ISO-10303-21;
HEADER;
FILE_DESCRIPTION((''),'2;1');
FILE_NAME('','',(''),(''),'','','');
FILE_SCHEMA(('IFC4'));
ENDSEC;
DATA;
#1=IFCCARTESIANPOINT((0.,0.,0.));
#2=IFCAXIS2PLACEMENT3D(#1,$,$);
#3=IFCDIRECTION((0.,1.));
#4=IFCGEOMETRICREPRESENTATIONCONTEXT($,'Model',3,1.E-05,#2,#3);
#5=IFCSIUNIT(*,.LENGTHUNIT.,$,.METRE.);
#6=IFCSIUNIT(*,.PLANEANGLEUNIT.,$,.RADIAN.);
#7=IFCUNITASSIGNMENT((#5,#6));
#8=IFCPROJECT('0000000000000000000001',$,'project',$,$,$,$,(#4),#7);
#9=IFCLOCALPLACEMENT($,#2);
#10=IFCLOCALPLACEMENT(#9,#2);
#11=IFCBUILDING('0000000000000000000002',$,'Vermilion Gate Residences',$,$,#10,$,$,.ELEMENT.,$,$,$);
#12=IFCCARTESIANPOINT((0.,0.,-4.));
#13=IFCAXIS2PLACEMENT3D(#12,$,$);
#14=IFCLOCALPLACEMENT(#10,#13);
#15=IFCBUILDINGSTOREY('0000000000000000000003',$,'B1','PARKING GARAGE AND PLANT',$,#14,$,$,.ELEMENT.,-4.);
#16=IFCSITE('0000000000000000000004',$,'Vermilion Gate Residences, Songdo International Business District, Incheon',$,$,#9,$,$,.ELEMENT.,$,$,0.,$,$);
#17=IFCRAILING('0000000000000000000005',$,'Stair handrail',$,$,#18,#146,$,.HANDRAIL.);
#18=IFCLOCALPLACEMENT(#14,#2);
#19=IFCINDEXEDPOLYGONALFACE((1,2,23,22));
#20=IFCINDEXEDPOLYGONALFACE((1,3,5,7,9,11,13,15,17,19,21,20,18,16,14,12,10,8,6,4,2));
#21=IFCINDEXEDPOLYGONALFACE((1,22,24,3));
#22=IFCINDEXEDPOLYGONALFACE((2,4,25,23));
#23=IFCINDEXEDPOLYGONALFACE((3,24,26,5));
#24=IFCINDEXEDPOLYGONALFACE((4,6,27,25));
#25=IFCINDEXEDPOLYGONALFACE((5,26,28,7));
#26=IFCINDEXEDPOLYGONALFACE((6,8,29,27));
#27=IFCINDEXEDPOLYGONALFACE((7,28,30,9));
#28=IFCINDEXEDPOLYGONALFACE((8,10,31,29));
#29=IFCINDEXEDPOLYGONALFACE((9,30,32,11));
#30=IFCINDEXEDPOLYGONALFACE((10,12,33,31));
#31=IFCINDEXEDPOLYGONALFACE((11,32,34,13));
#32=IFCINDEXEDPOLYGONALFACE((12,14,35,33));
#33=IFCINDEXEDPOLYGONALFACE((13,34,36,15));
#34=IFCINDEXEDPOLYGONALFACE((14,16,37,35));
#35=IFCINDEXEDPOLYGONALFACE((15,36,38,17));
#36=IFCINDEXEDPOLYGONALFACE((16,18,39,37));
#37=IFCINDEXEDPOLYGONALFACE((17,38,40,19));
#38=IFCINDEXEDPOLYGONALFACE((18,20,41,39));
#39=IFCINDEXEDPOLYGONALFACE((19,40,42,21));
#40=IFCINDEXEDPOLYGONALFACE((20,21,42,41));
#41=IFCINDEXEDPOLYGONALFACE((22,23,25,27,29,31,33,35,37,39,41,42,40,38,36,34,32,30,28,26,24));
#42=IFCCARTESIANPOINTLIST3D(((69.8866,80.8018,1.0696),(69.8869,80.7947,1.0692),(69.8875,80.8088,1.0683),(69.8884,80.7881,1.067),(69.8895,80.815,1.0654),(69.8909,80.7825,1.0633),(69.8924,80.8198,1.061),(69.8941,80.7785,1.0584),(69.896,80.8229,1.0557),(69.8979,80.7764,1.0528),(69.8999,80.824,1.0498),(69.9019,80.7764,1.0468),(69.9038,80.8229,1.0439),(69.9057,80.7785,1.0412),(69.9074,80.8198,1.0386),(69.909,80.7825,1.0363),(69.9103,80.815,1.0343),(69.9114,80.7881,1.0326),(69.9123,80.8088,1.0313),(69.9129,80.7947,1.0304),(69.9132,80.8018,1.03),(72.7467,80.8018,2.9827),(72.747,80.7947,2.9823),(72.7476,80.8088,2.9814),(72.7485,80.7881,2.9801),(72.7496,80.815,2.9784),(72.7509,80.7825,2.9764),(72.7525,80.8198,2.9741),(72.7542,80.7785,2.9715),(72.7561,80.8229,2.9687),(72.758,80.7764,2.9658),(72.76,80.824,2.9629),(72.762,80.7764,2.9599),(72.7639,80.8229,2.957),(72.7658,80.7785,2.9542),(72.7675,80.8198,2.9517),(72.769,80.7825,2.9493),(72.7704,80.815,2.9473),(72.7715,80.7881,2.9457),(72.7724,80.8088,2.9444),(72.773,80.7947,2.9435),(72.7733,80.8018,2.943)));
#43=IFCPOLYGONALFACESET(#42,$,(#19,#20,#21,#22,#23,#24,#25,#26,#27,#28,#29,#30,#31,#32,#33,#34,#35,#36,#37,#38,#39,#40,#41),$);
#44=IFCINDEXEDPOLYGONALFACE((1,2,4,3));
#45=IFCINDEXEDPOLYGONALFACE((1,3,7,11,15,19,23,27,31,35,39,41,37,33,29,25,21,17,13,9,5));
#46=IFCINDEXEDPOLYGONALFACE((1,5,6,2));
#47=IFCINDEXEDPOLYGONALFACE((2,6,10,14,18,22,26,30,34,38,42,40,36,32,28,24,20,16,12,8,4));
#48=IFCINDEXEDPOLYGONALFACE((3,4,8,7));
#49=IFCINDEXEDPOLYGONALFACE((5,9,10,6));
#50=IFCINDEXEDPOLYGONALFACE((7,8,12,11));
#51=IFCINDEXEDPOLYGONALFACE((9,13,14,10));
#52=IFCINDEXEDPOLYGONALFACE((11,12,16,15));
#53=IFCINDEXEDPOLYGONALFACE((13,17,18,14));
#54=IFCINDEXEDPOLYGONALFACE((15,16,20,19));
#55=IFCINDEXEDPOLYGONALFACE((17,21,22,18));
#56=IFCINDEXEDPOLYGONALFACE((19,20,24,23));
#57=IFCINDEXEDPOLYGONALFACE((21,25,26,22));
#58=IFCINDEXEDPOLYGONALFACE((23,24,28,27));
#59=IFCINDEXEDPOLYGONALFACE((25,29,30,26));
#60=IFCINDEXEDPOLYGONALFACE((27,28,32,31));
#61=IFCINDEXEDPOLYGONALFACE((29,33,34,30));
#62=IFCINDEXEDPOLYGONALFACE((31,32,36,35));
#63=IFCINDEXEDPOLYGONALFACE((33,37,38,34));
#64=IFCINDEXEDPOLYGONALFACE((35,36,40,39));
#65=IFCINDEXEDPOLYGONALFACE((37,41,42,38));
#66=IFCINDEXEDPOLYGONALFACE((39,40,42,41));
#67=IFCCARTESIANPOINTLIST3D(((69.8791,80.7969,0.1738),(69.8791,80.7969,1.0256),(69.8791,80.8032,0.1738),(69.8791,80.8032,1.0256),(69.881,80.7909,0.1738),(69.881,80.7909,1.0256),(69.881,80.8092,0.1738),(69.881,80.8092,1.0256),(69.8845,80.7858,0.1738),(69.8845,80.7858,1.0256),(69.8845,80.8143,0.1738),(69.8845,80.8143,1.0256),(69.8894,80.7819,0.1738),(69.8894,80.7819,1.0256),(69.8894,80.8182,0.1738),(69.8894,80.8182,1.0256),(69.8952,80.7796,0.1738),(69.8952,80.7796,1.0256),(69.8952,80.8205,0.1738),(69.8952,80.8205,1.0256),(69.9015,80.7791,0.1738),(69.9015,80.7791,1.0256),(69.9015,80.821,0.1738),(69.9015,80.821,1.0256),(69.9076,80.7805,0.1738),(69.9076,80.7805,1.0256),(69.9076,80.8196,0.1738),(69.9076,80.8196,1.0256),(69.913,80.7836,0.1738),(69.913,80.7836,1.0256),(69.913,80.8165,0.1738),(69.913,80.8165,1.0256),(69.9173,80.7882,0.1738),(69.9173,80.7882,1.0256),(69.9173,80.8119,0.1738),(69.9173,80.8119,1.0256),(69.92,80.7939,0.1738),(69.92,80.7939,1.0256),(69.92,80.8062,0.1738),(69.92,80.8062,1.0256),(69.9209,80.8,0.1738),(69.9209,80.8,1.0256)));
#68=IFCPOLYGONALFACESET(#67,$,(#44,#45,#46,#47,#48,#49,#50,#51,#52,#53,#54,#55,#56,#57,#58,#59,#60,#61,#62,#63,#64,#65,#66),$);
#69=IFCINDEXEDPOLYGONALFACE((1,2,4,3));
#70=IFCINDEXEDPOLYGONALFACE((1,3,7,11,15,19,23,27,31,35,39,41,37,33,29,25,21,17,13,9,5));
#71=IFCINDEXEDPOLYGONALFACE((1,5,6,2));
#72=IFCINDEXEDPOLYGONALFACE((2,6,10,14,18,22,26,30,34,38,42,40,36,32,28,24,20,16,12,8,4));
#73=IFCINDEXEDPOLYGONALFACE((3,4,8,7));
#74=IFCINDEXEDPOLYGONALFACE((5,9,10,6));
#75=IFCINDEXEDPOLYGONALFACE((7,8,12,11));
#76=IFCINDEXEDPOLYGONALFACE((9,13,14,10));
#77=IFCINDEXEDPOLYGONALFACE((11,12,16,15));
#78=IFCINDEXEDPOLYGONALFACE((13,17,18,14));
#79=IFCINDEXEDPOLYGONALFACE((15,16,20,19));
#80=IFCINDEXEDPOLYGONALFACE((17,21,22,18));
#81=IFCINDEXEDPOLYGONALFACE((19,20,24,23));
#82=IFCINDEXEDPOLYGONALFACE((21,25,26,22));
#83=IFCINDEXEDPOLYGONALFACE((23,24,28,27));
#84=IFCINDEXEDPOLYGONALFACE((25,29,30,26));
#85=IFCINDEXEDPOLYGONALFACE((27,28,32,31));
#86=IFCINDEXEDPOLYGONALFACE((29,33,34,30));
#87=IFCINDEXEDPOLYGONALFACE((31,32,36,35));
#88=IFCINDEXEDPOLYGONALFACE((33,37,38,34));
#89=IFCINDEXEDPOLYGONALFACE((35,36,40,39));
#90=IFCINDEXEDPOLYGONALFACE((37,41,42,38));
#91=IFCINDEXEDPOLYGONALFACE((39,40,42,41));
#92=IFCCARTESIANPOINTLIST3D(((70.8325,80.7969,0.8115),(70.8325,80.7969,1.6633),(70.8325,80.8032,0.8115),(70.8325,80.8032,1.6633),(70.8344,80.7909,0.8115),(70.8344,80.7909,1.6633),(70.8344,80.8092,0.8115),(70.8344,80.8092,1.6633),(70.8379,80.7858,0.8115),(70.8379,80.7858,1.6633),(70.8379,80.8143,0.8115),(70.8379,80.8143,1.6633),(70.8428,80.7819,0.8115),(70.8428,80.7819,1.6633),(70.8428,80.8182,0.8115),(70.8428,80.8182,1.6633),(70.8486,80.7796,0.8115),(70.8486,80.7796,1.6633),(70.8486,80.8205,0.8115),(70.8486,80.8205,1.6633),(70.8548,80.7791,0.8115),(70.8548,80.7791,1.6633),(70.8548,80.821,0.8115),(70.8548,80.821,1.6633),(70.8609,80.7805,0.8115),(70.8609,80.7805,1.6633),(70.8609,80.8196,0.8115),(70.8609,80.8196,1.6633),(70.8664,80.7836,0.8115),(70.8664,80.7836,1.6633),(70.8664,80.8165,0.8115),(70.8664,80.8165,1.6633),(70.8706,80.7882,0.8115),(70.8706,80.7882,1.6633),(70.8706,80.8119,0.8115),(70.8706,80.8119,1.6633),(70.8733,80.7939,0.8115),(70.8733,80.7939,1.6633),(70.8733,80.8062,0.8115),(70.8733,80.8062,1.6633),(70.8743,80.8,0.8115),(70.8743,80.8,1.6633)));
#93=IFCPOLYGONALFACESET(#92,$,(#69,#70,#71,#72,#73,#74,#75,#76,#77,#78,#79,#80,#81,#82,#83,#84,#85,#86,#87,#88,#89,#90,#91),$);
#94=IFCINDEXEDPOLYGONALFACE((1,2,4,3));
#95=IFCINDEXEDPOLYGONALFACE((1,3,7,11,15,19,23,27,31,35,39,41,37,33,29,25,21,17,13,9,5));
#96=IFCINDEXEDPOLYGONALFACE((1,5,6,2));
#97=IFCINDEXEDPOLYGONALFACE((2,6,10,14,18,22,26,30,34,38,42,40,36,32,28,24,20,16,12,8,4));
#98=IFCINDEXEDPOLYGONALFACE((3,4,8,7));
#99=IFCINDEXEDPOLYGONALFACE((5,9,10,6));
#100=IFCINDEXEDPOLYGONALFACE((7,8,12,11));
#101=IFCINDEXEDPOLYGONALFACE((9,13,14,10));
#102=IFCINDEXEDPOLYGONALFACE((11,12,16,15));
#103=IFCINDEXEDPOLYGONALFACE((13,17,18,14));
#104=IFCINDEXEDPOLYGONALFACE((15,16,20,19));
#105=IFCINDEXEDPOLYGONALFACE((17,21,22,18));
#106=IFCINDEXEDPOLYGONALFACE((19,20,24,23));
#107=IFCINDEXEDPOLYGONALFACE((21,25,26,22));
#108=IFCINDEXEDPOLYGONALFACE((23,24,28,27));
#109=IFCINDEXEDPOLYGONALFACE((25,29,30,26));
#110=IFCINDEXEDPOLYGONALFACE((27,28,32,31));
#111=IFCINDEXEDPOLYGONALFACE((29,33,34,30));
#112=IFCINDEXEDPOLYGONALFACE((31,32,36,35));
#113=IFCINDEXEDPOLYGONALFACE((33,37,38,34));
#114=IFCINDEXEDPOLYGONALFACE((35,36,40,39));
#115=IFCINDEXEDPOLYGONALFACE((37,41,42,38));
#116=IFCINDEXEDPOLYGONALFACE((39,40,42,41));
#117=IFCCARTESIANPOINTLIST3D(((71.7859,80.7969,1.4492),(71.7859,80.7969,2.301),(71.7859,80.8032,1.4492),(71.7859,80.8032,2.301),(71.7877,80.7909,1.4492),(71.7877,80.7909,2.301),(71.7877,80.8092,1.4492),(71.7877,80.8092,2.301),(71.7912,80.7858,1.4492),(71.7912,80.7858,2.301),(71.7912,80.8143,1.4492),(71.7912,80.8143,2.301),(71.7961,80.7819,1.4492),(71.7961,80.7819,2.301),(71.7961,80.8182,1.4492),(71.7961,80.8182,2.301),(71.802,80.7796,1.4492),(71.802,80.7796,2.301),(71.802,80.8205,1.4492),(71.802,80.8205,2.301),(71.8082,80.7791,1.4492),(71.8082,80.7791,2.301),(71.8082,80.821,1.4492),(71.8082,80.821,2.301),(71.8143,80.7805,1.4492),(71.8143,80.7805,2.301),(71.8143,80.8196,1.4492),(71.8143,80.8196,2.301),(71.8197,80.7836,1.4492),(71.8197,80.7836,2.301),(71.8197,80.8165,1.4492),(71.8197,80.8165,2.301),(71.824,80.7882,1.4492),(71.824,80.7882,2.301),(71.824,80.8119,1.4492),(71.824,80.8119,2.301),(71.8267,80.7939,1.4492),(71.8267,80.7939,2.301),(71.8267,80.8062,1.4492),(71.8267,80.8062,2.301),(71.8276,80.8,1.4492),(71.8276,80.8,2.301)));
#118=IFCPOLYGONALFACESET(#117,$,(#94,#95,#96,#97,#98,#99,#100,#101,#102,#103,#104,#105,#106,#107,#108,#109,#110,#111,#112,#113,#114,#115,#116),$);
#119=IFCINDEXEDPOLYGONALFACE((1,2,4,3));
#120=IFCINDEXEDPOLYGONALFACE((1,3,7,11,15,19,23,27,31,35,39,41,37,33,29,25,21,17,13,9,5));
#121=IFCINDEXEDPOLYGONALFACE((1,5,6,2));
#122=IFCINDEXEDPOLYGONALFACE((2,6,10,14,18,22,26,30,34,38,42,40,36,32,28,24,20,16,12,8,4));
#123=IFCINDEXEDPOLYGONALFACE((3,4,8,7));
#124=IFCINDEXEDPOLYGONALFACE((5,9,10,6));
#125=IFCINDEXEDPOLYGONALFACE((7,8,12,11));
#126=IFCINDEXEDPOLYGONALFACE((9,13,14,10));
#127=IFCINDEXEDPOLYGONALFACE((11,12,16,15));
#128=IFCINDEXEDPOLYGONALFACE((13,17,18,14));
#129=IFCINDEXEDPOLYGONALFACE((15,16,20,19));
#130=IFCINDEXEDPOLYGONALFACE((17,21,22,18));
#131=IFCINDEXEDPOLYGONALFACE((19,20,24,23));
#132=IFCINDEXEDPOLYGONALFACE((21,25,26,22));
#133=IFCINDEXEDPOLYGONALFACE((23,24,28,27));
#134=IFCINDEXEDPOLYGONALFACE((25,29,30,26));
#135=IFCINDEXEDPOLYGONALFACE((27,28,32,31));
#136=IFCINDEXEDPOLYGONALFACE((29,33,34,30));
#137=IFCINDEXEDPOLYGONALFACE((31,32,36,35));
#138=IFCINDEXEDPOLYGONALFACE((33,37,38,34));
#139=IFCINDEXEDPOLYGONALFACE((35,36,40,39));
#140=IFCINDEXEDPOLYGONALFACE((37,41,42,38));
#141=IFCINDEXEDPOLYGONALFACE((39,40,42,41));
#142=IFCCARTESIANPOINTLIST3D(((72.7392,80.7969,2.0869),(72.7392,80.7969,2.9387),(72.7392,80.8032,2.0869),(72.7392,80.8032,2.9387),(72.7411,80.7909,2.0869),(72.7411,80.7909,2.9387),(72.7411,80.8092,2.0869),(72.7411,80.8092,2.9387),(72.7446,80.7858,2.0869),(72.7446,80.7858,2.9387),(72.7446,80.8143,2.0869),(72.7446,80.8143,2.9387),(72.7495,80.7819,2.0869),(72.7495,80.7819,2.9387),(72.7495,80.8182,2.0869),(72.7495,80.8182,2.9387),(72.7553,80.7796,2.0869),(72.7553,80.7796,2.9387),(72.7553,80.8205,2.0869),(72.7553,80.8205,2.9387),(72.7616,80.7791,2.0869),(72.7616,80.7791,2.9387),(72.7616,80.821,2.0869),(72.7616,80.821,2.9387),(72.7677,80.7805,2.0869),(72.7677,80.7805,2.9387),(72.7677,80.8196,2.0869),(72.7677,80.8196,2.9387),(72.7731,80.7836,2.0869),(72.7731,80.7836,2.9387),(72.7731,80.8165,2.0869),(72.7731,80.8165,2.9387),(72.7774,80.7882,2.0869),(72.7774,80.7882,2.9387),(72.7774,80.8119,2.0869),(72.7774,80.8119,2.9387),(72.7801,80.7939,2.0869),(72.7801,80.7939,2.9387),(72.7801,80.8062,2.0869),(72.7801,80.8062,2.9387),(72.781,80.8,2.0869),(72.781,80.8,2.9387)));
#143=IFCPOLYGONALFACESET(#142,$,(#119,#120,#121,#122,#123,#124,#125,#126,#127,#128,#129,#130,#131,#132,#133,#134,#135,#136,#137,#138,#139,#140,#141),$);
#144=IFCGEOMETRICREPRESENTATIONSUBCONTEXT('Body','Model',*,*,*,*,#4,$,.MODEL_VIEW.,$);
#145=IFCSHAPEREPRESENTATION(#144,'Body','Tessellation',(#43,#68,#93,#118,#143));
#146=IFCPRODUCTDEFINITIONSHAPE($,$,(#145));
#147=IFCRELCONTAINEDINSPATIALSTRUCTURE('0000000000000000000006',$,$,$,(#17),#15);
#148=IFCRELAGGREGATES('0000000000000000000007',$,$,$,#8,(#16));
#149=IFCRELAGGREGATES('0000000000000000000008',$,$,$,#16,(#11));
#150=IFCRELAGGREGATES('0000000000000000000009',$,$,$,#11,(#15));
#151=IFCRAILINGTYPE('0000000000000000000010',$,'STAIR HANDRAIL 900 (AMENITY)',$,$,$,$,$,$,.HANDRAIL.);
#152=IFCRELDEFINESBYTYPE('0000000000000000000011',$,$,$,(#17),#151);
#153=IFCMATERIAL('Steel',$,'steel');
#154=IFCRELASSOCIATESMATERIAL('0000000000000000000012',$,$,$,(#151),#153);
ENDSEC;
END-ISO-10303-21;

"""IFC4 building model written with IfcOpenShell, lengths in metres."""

from ifc_helpers import new_model, si_unit, direction, frame, origin, origin_2d, place, context, subcontext, project, spatial, circle, extrude, material, type_object, element, save


model = new_model("IFC4")

# Units and contexts
model_context = context("Model", 3, precision=1e-05, world=origin(), true_north=direction((0.0, 1.0)))
body_context = subcontext(model_context, "Body", "Model", "MODEL_VIEW")
ifc_project = project(units=[si_unit("LENGTHUNIT", "METRE"), si_unit("PLANEANGLEUNIT", "RADIAN")], contexts=[model_context])

# Site, building, storey
site_placement = place(None, origin())
site = spatial("IfcSite", under=ifc_project, at=site_placement, Name="Vermilion Gate Residences, Songdo International Business District, Incheon", CompositionType="ELEMENT", RefElevation=0.0)
building_placement = place(site_placement, origin())
building = spatial("IfcBuilding", under=site, at=building_placement, Name="Vermilion Gate Residences", CompositionType="ELEMENT")
storey_placement = place(building_placement, frame((0.0, 0.0, -4.0)))
storey = spatial("IfcBuildingStorey", under=building, at=storey_placement, Name="B1", Description="PARKING GARAGE AND PLANT", CompositionType="ELEMENT", Elevation=-4.0)

# Railing
ifc_material_1 = material(Name="Steel", Category="steel")
railing_type = type_object("IfcRailingType", Name="STAIR HANDRAIL 900 (AMENITY)", PredefinedType="HANDRAIL", material=ifc_material_1)
railing_placement = place(storey_placement, frame((69.8999, 80.8, 0.1738)))
element("IfcRailing", 1, at=railing_placement, inside=storey, type_object=railing_type, Name="Stair handrail", PredefinedType="HANDRAIL", context=body_context, shape_type="SweptSolid", body=[
    extrude(circle(Radius=0.0239, at=origin_2d()), frame((0.0, 0.0, 0.876), z_axis=(0.831198, 0.0, 0.555977), x_axis=(0.0, 1.0, 0.0)), (0.0, 0.0, 1.0), 3.4409),
    extrude(circle(Radius=0.021, at=origin_2d()), origin(), (0.0, 0.0, 1.0), 0.8518),
    extrude(circle(Radius=0.021, at=origin_2d()), frame((0.9534, 0.0, 0.6377)), (0.0, 0.0, 1.0), 0.8518),
    extrude(circle(Radius=0.021, at=origin_2d()), frame((1.9067, 0.0, 1.2754)), (0.0, 0.0, 1.0), 0.8518),
    extrude(circle(Radius=0.021, at=origin_2d()), frame((2.8601, 0.0, 1.9131)), (0.0, 0.0, 1.0), 0.8518),
])

save(model, "model.ifc")
